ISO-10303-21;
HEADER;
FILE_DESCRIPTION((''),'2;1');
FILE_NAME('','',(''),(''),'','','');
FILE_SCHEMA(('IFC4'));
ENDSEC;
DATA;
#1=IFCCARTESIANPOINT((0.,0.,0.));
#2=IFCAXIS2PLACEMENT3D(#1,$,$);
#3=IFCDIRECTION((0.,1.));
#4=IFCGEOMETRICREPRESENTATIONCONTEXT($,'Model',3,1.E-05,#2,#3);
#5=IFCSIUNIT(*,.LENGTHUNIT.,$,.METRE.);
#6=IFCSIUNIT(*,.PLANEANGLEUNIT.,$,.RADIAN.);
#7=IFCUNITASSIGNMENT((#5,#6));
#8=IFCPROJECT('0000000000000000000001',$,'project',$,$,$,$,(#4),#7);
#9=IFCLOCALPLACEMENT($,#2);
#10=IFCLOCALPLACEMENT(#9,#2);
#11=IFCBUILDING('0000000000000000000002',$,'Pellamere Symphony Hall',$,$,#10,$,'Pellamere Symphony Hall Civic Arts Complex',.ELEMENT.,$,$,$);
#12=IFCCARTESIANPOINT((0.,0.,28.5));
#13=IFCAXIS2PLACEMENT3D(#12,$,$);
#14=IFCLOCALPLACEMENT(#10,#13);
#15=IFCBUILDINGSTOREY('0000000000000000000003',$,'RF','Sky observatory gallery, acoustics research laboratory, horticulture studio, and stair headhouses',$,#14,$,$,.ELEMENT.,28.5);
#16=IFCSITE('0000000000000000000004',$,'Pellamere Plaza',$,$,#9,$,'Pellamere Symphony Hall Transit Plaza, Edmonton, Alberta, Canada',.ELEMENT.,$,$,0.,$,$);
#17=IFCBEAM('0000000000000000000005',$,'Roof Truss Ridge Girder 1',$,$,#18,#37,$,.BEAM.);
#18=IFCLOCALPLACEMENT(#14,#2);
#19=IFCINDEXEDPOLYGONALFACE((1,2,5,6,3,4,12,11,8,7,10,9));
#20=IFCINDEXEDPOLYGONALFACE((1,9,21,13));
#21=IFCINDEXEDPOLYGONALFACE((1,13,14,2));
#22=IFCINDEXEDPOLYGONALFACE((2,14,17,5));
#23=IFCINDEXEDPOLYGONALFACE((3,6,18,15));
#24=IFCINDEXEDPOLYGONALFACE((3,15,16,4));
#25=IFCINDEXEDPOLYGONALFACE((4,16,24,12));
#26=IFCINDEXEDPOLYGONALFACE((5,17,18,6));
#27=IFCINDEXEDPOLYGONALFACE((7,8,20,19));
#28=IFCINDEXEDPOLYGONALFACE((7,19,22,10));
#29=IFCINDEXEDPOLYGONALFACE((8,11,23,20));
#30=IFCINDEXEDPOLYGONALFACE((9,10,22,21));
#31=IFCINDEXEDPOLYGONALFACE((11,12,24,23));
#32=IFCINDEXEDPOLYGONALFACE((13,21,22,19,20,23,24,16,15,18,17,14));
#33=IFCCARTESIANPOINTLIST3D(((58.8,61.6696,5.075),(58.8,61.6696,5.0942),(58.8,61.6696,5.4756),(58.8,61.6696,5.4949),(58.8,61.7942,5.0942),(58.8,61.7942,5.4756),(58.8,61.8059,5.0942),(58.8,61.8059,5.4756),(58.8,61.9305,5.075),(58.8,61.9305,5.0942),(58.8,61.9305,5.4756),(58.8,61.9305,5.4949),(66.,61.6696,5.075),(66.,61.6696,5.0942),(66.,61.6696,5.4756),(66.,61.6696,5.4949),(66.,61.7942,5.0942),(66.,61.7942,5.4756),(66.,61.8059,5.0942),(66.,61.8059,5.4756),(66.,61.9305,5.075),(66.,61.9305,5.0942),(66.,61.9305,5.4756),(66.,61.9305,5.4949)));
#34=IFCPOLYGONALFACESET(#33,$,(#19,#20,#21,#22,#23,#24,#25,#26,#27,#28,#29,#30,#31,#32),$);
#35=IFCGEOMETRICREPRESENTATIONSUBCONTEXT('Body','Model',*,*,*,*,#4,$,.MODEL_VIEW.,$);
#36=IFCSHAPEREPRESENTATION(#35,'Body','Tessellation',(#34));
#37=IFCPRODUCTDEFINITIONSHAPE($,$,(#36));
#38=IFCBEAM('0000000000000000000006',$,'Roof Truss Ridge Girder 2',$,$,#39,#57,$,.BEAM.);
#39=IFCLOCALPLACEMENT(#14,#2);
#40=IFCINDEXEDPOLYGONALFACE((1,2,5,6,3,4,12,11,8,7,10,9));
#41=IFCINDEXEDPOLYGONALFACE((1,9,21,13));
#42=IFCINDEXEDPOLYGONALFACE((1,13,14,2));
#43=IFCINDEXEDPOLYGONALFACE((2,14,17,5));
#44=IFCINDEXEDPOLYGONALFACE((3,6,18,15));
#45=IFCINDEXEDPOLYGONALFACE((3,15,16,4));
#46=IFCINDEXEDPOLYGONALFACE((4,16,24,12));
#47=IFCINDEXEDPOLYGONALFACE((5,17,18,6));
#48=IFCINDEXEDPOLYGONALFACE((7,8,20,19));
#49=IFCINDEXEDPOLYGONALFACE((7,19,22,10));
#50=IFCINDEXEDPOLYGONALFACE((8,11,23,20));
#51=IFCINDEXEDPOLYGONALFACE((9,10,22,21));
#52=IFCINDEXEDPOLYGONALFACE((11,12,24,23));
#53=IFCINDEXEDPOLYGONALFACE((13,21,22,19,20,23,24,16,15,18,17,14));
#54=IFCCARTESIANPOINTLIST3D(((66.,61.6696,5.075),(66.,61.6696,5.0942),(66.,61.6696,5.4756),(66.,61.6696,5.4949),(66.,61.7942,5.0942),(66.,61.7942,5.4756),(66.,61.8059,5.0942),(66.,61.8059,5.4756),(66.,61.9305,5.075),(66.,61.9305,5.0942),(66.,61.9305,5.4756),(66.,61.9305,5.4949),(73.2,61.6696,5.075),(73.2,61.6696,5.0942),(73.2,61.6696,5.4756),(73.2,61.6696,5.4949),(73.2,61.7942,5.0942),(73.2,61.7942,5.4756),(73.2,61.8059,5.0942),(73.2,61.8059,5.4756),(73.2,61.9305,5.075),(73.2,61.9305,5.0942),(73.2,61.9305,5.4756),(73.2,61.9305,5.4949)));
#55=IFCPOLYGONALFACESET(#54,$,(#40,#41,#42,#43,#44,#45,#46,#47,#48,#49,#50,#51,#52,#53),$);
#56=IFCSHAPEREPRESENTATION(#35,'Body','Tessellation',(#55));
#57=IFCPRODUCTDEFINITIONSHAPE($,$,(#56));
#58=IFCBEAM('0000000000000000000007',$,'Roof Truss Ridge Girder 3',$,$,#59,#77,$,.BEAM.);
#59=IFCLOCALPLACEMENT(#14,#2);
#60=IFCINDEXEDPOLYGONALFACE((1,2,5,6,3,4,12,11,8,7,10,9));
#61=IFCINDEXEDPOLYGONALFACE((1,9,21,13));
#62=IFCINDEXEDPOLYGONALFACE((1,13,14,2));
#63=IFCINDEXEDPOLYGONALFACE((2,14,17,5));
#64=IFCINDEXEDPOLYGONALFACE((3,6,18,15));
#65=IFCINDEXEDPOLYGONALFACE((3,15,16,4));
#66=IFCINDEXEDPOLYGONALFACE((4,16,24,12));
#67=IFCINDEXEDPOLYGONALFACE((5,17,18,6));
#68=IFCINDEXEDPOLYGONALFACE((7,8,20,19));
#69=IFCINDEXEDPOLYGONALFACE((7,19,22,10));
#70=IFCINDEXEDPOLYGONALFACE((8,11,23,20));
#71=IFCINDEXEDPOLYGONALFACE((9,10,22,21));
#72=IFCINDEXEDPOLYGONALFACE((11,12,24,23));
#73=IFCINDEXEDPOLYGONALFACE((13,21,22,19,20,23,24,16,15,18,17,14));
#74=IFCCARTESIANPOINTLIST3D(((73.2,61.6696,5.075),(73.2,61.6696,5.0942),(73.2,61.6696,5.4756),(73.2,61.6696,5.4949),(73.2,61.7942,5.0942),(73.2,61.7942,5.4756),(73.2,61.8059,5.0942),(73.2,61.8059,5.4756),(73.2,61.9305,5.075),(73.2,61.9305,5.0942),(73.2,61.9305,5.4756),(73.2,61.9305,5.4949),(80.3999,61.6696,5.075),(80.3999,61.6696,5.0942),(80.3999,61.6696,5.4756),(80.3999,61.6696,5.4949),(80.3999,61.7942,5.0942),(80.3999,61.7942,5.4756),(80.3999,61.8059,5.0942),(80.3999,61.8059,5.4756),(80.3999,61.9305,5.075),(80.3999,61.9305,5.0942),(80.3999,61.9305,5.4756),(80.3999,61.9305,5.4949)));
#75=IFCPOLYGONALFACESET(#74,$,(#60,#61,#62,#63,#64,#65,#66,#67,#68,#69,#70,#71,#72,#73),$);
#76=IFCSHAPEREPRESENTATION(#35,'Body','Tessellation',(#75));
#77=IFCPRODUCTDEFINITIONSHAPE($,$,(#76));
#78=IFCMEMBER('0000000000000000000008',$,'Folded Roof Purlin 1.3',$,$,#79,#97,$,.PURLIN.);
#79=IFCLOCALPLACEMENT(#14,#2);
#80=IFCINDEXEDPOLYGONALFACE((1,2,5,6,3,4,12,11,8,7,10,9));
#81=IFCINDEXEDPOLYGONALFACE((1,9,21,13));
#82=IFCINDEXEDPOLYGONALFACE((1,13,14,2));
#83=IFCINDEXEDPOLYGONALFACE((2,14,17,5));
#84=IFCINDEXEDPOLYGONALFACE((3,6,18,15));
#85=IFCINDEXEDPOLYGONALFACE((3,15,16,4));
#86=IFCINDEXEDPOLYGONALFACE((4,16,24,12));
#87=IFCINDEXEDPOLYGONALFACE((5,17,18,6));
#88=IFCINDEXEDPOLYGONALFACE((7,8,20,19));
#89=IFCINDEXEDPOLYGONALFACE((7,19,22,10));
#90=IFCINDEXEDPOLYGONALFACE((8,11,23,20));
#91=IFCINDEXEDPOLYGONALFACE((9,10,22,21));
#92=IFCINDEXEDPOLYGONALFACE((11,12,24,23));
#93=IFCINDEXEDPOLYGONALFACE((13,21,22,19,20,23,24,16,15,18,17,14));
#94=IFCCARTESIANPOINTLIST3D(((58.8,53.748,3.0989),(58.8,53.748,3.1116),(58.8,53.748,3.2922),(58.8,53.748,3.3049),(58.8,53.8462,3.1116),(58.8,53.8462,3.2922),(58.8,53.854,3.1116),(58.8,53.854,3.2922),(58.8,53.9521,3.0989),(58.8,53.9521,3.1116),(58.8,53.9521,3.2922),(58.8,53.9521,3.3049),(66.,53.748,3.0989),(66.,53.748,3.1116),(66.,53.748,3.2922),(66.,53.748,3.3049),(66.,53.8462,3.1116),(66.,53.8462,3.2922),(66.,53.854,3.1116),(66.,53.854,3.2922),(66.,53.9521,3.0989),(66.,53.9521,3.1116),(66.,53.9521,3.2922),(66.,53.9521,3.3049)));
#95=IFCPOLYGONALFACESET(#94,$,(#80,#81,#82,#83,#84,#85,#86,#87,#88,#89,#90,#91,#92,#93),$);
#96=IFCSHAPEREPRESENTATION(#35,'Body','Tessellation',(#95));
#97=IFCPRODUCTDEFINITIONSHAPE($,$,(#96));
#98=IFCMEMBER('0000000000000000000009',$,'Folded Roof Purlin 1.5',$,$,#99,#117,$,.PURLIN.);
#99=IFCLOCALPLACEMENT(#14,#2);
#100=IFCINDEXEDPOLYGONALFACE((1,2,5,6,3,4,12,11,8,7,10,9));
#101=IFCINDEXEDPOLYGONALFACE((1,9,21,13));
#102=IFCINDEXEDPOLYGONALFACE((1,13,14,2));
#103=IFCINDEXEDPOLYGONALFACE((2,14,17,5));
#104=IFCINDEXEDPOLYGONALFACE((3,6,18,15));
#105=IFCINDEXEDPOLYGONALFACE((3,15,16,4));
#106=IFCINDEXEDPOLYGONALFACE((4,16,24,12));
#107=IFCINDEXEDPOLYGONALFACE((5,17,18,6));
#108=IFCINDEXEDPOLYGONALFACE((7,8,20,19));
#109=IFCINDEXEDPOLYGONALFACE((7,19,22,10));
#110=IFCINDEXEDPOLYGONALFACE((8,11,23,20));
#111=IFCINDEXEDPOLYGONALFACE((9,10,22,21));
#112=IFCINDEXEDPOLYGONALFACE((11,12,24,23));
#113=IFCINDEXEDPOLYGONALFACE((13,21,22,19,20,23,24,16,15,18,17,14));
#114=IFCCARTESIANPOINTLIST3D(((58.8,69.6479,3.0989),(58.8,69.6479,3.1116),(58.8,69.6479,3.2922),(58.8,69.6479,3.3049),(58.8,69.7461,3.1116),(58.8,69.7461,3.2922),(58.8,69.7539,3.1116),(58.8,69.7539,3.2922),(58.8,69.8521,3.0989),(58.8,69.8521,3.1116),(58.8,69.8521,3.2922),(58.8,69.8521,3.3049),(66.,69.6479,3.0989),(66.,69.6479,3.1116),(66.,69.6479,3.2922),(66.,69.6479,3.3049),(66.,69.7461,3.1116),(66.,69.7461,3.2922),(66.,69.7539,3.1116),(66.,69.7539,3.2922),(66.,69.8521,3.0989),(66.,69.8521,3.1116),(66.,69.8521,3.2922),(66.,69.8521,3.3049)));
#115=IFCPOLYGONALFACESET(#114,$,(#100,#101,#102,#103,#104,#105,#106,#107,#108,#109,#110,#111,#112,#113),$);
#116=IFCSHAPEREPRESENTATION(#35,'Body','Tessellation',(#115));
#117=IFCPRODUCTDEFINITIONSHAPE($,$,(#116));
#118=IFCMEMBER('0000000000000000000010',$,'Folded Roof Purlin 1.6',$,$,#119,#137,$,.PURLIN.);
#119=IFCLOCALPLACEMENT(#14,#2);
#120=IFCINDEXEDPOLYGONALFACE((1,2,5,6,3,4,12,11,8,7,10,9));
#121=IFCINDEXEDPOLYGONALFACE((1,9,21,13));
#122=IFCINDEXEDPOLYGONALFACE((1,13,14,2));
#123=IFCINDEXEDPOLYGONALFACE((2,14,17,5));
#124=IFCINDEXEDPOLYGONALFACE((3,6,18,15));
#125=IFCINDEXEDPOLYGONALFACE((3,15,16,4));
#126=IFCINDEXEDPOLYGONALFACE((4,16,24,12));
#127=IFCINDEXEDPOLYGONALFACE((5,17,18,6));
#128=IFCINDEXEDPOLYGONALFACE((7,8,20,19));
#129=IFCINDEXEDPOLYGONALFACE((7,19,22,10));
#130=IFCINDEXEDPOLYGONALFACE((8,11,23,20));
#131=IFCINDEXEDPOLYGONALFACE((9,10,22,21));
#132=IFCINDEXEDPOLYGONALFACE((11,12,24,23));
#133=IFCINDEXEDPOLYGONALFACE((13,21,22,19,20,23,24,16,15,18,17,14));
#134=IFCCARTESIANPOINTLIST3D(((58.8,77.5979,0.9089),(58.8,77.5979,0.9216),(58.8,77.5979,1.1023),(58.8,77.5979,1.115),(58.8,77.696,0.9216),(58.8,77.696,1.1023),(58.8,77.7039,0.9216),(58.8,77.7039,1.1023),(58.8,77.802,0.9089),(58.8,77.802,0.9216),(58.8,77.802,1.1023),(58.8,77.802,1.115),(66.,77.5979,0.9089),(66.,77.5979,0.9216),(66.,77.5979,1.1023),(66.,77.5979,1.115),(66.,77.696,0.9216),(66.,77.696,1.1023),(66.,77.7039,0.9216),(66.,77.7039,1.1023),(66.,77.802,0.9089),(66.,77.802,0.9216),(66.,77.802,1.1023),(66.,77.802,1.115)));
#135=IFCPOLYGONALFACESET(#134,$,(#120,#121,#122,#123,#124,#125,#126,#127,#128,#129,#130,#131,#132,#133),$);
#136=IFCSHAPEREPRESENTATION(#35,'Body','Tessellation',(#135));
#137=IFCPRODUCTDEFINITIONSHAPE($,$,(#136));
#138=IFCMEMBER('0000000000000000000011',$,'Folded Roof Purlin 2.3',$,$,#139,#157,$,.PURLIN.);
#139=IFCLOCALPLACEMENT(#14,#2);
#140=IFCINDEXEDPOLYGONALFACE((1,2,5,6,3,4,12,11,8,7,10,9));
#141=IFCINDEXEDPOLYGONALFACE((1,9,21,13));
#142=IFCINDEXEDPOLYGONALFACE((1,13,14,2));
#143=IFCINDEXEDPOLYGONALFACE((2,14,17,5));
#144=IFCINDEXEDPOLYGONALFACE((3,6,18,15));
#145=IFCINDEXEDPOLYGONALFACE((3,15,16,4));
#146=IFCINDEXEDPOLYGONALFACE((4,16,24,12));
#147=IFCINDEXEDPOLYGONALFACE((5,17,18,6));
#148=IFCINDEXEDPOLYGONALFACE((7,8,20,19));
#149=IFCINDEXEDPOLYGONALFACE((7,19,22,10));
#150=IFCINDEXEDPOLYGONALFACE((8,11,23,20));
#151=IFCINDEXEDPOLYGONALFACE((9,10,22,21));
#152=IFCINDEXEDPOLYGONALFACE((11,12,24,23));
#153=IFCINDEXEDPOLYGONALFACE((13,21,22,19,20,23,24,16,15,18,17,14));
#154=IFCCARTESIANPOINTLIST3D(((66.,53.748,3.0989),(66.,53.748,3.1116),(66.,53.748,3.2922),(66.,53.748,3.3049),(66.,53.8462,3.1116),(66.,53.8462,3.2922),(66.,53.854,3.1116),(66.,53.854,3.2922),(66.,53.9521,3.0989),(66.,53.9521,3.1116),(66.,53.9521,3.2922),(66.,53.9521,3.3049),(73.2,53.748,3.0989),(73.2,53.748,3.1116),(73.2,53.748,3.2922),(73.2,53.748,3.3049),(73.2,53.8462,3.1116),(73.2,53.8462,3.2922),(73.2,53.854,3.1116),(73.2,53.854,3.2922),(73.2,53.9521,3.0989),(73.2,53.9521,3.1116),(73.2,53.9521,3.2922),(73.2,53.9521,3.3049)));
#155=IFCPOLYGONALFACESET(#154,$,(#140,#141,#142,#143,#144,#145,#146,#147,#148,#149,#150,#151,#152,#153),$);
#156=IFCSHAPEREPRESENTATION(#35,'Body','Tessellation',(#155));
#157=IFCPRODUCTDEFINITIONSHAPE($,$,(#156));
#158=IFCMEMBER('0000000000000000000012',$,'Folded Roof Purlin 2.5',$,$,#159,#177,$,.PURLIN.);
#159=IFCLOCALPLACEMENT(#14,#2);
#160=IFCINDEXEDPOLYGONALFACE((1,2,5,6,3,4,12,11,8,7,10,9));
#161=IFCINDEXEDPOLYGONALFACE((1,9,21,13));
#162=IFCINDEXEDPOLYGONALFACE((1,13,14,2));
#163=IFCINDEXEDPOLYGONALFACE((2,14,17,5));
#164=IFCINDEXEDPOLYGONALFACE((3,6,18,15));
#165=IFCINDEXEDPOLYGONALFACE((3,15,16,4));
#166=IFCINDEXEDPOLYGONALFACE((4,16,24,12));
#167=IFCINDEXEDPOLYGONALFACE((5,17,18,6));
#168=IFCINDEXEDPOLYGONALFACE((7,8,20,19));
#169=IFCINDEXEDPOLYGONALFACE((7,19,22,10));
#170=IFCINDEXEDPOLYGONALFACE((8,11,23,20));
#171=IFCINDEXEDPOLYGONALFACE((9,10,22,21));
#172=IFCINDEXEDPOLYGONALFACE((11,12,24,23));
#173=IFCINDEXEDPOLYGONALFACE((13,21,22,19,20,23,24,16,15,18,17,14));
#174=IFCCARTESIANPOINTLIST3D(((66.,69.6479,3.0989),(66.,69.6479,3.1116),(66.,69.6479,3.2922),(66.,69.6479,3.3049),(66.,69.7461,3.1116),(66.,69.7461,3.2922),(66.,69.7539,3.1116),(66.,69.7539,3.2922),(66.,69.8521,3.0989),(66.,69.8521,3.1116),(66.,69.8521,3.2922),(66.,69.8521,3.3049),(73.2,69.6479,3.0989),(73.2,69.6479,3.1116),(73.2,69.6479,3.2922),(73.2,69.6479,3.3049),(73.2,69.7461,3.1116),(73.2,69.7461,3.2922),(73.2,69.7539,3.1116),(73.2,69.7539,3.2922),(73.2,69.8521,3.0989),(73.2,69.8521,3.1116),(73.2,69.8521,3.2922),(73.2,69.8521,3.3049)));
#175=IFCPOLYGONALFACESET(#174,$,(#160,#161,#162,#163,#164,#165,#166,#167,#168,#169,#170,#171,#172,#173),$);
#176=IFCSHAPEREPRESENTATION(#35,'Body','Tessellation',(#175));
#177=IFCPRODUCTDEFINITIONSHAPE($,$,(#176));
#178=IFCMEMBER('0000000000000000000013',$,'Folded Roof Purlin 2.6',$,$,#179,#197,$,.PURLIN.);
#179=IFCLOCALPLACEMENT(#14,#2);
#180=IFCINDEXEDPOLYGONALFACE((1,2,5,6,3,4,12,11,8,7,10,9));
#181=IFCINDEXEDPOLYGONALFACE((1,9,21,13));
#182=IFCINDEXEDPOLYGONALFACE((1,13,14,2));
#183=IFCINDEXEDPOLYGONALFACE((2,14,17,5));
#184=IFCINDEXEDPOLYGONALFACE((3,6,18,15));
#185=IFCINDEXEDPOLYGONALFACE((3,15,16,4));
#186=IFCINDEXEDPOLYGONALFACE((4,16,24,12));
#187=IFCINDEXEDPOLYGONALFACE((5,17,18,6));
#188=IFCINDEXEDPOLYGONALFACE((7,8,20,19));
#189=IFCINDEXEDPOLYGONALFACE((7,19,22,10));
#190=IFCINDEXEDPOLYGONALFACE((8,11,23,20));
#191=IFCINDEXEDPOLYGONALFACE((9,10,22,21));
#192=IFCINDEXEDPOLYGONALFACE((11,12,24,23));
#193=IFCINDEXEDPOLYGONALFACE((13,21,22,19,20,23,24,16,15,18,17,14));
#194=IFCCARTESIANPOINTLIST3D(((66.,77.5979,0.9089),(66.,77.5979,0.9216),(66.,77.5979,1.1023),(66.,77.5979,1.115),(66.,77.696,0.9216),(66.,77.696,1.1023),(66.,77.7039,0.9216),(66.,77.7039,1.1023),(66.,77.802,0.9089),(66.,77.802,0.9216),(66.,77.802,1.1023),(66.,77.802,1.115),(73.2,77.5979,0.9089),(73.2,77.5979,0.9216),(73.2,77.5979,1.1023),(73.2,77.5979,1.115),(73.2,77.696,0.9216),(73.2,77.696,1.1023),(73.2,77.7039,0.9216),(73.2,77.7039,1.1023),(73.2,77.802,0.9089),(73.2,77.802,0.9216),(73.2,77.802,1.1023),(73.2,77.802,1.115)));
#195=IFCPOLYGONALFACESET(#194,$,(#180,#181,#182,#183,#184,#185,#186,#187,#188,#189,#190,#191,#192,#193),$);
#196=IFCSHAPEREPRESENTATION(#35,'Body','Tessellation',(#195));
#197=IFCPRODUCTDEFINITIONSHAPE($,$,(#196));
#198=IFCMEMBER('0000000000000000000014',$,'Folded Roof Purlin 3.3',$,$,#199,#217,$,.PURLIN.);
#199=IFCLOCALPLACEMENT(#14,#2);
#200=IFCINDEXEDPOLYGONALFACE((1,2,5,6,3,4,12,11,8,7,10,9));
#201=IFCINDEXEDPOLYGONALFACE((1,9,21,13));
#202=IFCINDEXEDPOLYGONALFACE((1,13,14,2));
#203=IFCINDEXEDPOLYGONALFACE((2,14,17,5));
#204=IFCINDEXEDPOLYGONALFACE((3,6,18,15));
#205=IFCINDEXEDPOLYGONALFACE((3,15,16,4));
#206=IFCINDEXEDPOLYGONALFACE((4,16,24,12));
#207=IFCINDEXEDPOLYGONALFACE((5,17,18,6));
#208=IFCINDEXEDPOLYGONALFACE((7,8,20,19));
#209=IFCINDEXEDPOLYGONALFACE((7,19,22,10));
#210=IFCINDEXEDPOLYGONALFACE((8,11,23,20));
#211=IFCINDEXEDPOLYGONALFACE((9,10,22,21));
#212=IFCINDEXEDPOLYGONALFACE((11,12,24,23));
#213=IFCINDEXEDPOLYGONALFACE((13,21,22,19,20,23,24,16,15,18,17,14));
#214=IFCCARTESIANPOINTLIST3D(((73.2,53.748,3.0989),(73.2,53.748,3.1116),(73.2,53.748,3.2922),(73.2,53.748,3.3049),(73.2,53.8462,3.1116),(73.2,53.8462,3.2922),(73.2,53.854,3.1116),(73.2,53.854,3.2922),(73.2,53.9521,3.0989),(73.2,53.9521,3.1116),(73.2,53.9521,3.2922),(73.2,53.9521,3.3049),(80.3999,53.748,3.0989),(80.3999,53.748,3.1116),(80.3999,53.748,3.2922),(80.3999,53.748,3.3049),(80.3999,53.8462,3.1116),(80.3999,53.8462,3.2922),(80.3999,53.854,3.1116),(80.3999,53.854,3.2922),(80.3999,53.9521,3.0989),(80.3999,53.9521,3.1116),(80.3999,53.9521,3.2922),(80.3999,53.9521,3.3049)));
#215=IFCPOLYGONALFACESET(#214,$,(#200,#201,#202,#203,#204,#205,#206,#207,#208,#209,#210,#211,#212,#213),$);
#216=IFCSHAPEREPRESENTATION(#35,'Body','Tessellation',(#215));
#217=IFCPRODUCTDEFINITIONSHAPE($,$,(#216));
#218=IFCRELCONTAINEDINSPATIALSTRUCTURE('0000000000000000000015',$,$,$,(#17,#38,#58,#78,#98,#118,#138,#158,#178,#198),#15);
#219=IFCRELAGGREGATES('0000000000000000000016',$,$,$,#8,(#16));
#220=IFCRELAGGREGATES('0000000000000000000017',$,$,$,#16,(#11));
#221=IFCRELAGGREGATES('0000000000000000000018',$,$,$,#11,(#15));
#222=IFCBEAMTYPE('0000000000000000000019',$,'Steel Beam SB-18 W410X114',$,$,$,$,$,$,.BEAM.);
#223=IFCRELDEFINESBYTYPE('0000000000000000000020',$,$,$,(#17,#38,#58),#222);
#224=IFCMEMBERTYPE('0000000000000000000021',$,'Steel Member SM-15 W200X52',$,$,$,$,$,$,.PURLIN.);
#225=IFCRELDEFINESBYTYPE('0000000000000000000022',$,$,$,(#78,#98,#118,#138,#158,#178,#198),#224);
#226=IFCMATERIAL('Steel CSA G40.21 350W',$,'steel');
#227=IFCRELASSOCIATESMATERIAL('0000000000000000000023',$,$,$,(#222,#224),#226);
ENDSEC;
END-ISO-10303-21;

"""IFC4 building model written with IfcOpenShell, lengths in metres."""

from ifc_helpers import new_model, si_unit, direction, frame, origin, origin_2d, place, context, subcontext, project, spatial, i_section, extrude, material, material_profile, profile_set, type_object, element, save


model = new_model("IFC4")

# Units and contexts
model_context = context("Model", 3, precision=1e-05, world=origin(), true_north=direction((0.0, 1.0)))
body_context = subcontext(model_context, "Body", "Model", "MODEL_VIEW")
ifc_project = project(units=[si_unit("LENGTHUNIT", "METRE"), si_unit("PLANEANGLEUNIT", "RADIAN")], contexts=[model_context])

# Site, building, storey
site_placement = place(None, origin())
site = spatial("IfcSite", under=ifc_project, at=site_placement, Name="Pellamere Plaza", LongName="Pellamere Symphony Hall Transit Plaza, Edmonton, Alberta, Canada", CompositionType="ELEMENT", RefElevation=0.0)
building_placement = place(site_placement, origin())
building = spatial("IfcBuilding", under=site, at=building_placement, Name="Pellamere Symphony Hall", LongName="Pellamere Symphony Hall Civic Arts Complex", CompositionType="ELEMENT")
storey_placement = place(building_placement, frame((0.0, 0.0, 28.5)))
storey = spatial("IfcBuildingStorey", under=building, at=storey_placement, Name="RF", Description="Sky observatory gallery, acoustics research laboratory, horticulture studio, and stair headhouses", CompositionType="ELEMENT", Elevation=28.5)

# Beams
ifc_material_1 = material(Name="Steel CSA G40.21 350W", Category="steel")
ifc_material_profile_1 = material_profile(ifc_material_1, i_section(OverallWidth=0.261, OverallDepth=0.4199, WebThickness=0.0117, FlangeThickness=0.0193, at=origin_2d()), Name="W410X114")
ifc_profile_set_1 = profile_set([ifc_material_profile_1], Name="Steel CSA G40.21 350W")
beam_type = type_object("IfcBeamType", Name="Steel Beam SB-18 W410X114", PredefinedType="BEAM", material=ifc_profile_set_1)
for number, where, z_axis, x_axis, name in (
    (1, (58.8, 61.8, 5.2849), (1.0, 0.0, 0.0), (0.0, 1.0, 0.0), "Roof Truss Ridge Girder 1"),
    (2, (66.0, 61.8, 5.2849), (1.0, 0.0, 0.0), (0.0, 1.0, 0.0), "Roof Truss Ridge Girder 2"),
    (3, (73.2, 61.8, 5.2849), (1.0, 0.0, 0.0), (0.0, 1.0, 0.0), "Roof Truss Ridge Girder 3"),
):
    element("IfcBeam", number, at=place(storey_placement, frame(where, z_axis=z_axis, x_axis=x_axis)), inside=storey, type_object=beam_type, Name=name, PredefinedType="BEAM", context=body_context, shape_type="SweptSolid", body=[
        extrude(i_section(OverallWidth=0.261, OverallDepth=0.4199, WebThickness=0.0117, FlangeThickness=0.0193, at=origin_2d()), origin(), (0.0, 0.0, 1.0), 7.2),
    ])

# Members
ifc_material_profile_2 = material_profile(ifc_material_1, i_section(OverallWidth=0.2041, OverallDepth=0.2061, WebThickness=0.0078, FlangeThickness=0.0127, at=origin_2d()), Name="W200X52")
ifc_profile_set_2 = profile_set([ifc_material_profile_2], Name="Steel CSA G40.21 350W")
member_type = type_object("IfcMemberType", Name="Steel Member SM-15 W200X52", PredefinedType="PURLIN", material=ifc_profile_set_2)
for number, where, z_axis, x_axis, name in (
    (4, (58.8, 53.8501, 3.2019), (1.0, 0.0, 0.0), (0.0, 1.0, 0.0), "Folded Roof Purlin 1.3"),
    (5, (58.8, 69.75, 3.2019), (1.0, 0.0, 0.0), (0.0, 1.0, 0.0), "Folded Roof Purlin 1.5"),
    (6, (58.8, 77.7, 1.012), (1.0, 0.0, 0.0), (0.0, 1.0, 0.0), "Folded Roof Purlin 1.6"),
    (7, (66.0, 53.8501, 3.2019), (1.0, 0.0, 0.0), (0.0, 1.0, 0.0), "Folded Roof Purlin 2.3"),
    (8, (66.0, 69.75, 3.2019), (1.0, 0.0, 0.0), (0.0, 1.0, 0.0), "Folded Roof Purlin 2.5"),
    (9, (66.0, 77.7, 1.012), (1.0, 0.0, 0.0), (0.0, 1.0, 0.0), "Folded Roof Purlin 2.6"),
    (10, (73.2, 53.8501, 3.2019), (1.0, 0.0, 0.0), (0.0, 1.0, 0.0), "Folded Roof Purlin 3.3"),
):
    element("IfcMember", number, at=place(storey_placement, frame(where, z_axis=z_axis, x_axis=x_axis)), inside=storey, type_object=member_type, Name=name, PredefinedType="PURLIN", context=body_context, shape_type="SweptSolid", body=[
        extrude(i_section(OverallWidth=0.2041, OverallDepth=0.2061, WebThickness=0.0078, FlangeThickness=0.0127, at=origin_2d()), origin(), (0.0, 0.0, 1.0), 7.2),
    ])

save(model, "model.ifc")
